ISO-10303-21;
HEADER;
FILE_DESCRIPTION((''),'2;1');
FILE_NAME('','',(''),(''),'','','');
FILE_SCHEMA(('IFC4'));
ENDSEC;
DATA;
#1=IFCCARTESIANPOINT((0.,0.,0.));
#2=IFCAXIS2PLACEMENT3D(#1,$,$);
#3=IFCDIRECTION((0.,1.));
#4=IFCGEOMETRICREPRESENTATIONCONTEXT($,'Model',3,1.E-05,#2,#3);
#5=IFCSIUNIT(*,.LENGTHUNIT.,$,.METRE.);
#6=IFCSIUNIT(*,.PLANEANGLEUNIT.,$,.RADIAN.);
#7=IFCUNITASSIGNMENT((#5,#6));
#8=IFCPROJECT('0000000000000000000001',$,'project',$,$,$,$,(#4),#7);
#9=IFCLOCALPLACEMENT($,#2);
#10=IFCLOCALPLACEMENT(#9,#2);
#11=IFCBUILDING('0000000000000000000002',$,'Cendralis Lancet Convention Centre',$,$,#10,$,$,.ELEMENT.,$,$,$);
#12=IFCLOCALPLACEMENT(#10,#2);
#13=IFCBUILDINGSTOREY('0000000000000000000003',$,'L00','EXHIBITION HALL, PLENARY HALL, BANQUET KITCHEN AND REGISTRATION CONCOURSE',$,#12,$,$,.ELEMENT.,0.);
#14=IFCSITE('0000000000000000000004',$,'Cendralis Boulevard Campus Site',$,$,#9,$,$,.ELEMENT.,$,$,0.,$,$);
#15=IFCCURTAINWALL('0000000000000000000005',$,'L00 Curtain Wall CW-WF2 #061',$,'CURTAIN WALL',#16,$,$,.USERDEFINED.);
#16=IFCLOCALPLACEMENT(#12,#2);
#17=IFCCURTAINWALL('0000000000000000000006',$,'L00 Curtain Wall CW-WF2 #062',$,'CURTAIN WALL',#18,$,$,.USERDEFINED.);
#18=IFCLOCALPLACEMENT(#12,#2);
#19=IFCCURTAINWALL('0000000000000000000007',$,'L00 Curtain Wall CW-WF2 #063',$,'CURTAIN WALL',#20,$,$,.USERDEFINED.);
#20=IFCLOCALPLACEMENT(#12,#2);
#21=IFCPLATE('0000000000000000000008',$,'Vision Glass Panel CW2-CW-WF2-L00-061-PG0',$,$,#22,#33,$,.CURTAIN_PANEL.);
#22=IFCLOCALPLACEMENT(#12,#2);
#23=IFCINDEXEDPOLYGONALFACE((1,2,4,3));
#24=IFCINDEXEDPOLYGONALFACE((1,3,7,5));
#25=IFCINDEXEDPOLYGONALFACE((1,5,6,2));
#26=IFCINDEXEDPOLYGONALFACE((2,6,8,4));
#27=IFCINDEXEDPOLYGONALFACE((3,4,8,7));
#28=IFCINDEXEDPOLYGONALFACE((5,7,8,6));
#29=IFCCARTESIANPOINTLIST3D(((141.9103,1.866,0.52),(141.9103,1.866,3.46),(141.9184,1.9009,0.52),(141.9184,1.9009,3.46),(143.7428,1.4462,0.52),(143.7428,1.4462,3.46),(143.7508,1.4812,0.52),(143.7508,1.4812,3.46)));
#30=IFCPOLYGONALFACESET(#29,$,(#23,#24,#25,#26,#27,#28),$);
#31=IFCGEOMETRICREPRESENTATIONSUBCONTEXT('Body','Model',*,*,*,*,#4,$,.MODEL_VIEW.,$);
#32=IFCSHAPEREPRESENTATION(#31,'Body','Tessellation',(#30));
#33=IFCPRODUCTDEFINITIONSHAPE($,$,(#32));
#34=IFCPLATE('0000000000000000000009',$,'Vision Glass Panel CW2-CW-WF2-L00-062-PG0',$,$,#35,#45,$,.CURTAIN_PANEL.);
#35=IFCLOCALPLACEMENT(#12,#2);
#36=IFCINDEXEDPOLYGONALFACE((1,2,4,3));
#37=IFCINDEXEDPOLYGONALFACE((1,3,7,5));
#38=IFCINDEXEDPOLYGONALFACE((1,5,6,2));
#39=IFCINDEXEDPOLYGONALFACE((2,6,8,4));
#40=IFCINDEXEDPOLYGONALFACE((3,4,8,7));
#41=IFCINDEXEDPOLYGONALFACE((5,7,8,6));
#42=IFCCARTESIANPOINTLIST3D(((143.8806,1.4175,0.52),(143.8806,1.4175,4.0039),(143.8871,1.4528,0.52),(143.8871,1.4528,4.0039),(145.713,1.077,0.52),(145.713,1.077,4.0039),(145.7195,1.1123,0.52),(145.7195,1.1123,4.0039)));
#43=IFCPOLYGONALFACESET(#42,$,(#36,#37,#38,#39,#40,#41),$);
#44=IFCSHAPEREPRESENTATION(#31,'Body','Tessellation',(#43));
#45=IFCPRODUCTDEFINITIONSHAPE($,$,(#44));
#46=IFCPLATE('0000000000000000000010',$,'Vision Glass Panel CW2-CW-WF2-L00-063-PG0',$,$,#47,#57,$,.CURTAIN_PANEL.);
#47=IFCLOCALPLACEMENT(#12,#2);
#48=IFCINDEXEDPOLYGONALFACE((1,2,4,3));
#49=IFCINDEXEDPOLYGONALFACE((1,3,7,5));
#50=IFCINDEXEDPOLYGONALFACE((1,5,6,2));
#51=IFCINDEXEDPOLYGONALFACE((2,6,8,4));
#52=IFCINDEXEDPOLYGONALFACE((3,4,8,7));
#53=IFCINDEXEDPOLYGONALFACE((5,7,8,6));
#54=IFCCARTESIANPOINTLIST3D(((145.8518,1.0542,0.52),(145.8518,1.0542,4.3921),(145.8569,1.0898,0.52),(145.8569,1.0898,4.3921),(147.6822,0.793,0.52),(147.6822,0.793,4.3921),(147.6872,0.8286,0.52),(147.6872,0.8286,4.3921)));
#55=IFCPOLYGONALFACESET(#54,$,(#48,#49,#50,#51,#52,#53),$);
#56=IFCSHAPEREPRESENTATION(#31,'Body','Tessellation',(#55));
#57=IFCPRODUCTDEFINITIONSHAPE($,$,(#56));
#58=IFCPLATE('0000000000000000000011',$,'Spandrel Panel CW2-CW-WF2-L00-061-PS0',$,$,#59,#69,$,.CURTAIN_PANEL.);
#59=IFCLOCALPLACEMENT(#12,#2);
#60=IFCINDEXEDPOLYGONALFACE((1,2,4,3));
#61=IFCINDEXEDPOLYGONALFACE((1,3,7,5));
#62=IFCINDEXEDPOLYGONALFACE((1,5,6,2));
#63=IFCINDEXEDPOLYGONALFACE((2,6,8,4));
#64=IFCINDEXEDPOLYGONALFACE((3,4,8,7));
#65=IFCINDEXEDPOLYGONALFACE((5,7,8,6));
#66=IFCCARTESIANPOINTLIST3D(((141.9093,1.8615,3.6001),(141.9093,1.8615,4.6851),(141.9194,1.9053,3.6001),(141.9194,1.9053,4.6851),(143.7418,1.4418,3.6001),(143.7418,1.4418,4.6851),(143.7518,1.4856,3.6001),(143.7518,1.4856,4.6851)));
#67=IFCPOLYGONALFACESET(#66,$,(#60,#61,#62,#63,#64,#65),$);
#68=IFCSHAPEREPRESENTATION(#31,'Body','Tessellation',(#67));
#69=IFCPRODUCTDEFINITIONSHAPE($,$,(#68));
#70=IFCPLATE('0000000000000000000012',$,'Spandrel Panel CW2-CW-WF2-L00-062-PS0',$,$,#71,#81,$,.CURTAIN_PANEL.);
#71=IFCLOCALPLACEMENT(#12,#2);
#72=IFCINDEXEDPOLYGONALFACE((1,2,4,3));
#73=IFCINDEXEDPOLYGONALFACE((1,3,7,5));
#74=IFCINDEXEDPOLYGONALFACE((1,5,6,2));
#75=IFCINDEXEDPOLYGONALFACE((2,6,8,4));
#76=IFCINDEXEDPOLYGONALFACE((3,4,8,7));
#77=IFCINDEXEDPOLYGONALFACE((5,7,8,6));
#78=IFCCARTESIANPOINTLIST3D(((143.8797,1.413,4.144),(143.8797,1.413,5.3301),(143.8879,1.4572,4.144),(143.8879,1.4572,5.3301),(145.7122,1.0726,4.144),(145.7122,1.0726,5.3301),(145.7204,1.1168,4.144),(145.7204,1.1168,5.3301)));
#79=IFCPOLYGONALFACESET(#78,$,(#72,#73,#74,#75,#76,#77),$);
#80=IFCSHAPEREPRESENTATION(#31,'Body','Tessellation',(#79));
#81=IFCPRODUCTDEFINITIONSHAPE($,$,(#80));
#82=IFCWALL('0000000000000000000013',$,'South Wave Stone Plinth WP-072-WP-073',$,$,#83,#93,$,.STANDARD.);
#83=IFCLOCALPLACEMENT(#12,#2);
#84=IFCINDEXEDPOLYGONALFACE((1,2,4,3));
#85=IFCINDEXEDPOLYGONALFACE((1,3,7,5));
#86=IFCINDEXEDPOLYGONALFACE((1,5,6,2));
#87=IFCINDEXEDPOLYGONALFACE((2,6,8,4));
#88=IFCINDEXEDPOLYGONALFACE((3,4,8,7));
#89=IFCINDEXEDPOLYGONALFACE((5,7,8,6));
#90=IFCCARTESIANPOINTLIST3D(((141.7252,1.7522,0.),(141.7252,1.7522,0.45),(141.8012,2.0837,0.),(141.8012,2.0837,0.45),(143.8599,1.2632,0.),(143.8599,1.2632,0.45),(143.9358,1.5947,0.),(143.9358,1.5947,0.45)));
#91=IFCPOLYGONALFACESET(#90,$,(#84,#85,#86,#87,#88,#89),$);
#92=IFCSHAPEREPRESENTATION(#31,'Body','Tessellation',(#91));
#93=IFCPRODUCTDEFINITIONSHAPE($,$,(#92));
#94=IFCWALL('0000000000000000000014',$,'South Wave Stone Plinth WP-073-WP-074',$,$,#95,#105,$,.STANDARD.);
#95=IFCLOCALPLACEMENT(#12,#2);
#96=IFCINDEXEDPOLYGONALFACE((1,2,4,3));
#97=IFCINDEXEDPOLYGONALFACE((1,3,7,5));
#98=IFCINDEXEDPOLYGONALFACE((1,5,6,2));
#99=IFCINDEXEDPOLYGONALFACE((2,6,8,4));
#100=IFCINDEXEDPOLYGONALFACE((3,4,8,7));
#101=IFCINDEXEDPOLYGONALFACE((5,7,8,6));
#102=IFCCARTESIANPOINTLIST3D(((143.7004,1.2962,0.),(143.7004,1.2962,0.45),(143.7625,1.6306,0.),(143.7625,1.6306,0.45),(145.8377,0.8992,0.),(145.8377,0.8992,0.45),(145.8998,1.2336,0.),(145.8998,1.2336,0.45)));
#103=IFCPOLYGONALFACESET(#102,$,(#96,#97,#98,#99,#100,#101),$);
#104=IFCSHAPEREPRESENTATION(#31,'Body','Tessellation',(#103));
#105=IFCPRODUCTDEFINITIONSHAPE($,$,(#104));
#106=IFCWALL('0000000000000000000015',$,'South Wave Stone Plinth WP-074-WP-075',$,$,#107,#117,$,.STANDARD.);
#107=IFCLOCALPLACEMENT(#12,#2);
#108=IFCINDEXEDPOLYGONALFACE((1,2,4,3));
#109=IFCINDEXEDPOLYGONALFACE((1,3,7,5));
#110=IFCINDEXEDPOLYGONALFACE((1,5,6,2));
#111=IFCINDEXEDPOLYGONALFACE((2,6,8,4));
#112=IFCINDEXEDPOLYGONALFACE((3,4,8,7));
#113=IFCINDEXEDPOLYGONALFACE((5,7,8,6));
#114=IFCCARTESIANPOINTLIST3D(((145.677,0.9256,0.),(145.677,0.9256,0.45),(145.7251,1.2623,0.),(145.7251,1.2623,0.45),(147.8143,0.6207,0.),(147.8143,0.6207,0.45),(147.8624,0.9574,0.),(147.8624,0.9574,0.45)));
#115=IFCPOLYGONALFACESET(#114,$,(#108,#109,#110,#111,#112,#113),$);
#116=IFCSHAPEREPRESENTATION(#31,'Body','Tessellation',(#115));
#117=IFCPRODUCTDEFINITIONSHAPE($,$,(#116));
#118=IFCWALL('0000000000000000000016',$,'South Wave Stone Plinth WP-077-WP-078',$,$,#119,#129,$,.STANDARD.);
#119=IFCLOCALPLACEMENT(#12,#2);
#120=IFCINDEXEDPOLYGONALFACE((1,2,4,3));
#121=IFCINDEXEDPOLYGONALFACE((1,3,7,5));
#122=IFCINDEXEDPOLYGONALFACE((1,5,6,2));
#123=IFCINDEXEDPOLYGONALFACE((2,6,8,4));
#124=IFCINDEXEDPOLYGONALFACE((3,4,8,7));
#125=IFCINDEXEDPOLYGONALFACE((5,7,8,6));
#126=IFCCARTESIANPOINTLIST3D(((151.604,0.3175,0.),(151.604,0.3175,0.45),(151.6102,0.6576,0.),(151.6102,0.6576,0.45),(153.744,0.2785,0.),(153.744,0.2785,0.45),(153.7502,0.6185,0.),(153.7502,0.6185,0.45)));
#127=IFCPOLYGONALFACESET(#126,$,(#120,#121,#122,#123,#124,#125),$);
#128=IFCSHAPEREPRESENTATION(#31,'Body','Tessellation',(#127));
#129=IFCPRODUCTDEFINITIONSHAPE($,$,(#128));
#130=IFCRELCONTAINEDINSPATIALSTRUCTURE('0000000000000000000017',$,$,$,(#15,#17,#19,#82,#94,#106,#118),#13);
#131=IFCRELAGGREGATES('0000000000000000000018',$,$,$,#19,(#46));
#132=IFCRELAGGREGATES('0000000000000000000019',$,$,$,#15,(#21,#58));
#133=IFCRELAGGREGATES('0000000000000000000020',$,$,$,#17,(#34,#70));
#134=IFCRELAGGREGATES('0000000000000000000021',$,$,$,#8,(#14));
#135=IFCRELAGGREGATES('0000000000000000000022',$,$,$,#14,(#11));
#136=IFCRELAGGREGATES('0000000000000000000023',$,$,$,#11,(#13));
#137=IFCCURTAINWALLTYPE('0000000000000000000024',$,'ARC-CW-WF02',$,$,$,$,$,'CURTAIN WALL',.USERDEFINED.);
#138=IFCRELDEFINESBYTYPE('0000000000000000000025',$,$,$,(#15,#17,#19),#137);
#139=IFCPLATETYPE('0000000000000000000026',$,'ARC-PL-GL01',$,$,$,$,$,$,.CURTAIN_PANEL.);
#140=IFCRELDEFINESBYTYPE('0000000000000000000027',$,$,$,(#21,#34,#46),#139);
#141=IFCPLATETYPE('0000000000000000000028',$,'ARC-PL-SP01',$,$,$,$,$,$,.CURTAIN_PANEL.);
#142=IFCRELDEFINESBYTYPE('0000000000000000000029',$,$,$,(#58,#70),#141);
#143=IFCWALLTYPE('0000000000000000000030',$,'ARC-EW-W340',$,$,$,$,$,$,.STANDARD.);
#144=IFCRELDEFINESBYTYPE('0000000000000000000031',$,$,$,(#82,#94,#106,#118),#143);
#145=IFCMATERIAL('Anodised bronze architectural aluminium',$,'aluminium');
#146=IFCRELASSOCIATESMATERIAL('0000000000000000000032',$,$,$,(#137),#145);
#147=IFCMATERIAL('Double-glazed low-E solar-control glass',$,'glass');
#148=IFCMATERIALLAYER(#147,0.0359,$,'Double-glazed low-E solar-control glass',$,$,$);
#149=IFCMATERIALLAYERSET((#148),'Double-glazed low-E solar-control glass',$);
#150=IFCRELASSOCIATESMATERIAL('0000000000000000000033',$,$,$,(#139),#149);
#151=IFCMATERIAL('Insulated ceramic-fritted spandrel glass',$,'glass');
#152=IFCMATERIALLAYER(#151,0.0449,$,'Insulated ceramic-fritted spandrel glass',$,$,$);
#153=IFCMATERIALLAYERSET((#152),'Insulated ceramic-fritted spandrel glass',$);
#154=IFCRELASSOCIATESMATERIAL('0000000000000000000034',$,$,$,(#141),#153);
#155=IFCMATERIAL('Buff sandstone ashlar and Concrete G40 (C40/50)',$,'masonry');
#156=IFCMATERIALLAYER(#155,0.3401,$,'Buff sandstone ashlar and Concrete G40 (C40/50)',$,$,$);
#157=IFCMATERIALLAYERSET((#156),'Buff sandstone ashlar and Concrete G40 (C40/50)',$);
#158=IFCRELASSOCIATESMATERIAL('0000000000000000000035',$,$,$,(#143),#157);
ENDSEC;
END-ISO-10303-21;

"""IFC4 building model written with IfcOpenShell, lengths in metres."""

from ifc_helpers import new_model, si_unit, direction, frame, frame_2d, origin, origin_2d, place, context, subcontext, project, spatial, rectangle, extrude, material, layer, layer_set, type_object, element, aggregate, save


model = new_model("IFC4")

# Units and contexts
model_context = context("Model", 3, precision=1e-05, world=origin(), true_north=direction((0.0, 1.0)))
body_context = subcontext(model_context, "Body", "Model", "MODEL_VIEW")
ifc_project = project(units=[si_unit("LENGTHUNIT", "METRE"), si_unit("PLANEANGLEUNIT", "RADIAN")], contexts=[model_context])

# Site, building, storey
site_placement = place(None, origin())
site = spatial("IfcSite", under=ifc_project, at=site_placement, Name="Cendralis Boulevard Campus Site", CompositionType="ELEMENT", RefElevation=0.0)
building_placement = place(site_placement, origin())
building = spatial("IfcBuilding", under=site, at=building_placement, Name="Cendralis Lancet Convention Centre", CompositionType="ELEMENT")
storey_placement = place(building_placement, origin())
storey = spatial("IfcBuildingStorey", under=building, at=storey_placement, Name="L00", Description="EXHIBITION HALL, PLENARY HALL, BANQUET KITCHEN AND REGISTRATION CONCOURSE", CompositionType="ELEMENT", Elevation=0.0)

# Shared definitions
ifc_material_1 = material(Name="Anodised bronze architectural aluminium", Category="aluminium")
curtain_wall_type = type_object("IfcCurtainWallType", Name="ARC-CW-WF02", ElementType="CURTAIN WALL", PredefinedType="USERDEFINED", material=ifc_material_1)

# Curtain walls
curtain_wall_1_placement = place(storey_placement, origin())
curtain_wall_1 = element("IfcCurtainWall", 1, at=curtain_wall_1_placement, inside=storey, type_object=curtain_wall_type, Name="L00 Curtain Wall CW-WF2 #061", ObjectType="CURTAIN WALL", PredefinedType="USERDEFINED")
curtain_wall_2_placement = place(storey_placement, origin())
curtain_wall_2 = element("IfcCurtainWall", 2, at=curtain_wall_2_placement, inside=storey, type_object=curtain_wall_type, Name="L00 Curtain Wall CW-WF2 #062", ObjectType="CURTAIN WALL", PredefinedType="USERDEFINED")
curtain_wall_3_placement = place(storey_placement, origin())
curtain_wall_3 = element("IfcCurtainWall", 3, at=curtain_wall_3_placement, inside=storey, type_object=curtain_wall_type, Name="L00 Curtain Wall CW-WF2 #063", ObjectType="CURTAIN WALL", PredefinedType="USERDEFINED")

# Plates
ifc_material_2 = material(Name="Double-glazed low-E solar-control glass", Category="glass")
ifc_layer_1 = layer(ifc_material_2, 0.0359, Name="Double-glazed low-E solar-control glass")
ifc_layer_set_1 = layer_set([ifc_layer_1], Name="Double-glazed low-E solar-control glass")
plate_type_1 = type_object("IfcPlateType", Name="ARC-PL-GL01", PredefinedType="CURTAIN_PANEL", material=ifc_layer_set_1)
plate_1_placement = place(storey_placement, frame((142.8306, 1.6736, 0.52), z_axis=(0.0, 0.0, 1.0), x_axis=(0.974757, -0.223268, 0.0)))
plate_1 = element("IfcPlate", 4, at=plate_1_placement, type_object=plate_type_1, Name="Vision Glass Panel CW2-CW-WF2-L00-061-PG0", PredefinedType="CURTAIN_PANEL", context=body_context, shape_type="SweptSolid", body=[
    extrude(rectangle(XDim=1.8799, YDim=0.0359, at=origin_2d()), origin(), (0.0, 0.0, 1.0), 2.9399),
])
plate_2_placement = place(storey_placement, frame((144.8, 1.2649, 0.52), z_axis=(0.0, 0.0, 1.0), x_axis=(0.983176, -0.182661, 0.0)))
plate_2 = element("IfcPlate", 5, at=plate_2_placement, type_object=plate_type_1, Name="Vision Glass Panel CW2-CW-WF2-L00-062-PG0", PredefinedType="CURTAIN_PANEL", context=body_context, shape_type="SweptSolid", body=[
    extrude(rectangle(XDim=1.8638, YDim=0.0359, at=origin_2d()), origin(), (0.0, 0.0, 1.0), 3.4839),
])
plate_3_placement = place(storey_placement, frame((146.7695, 0.9414, 0.52), z_axis=(0.0, 0.0, 1.0), x_axis=(0.98997, -0.141281, 0.0)))
plate_3 = element("IfcPlate", 6, at=plate_3_placement, type_object=plate_type_1, Name="Vision Glass Panel CW2-CW-WF2-L00-063-PG0", PredefinedType="CURTAIN_PANEL", context=body_context, shape_type="SweptSolid", body=[
    extrude(rectangle(XDim=1.8489, YDim=0.0359, at=origin_2d()), origin(), (0.0, 0.0, 1.0), 3.8721),
])
aggregate(curtain_wall_3, [plate_3])
ifc_material_3 = material(Name="Insulated ceramic-fritted spandrel glass", Category="glass")
ifc_layer_2 = layer(ifc_material_3, 0.0449, Name="Insulated ceramic-fritted spandrel glass")
ifc_layer_set_2 = layer_set([ifc_layer_2], Name="Insulated ceramic-fritted spandrel glass")
plate_type_2 = type_object("IfcPlateType", Name="ARC-PL-SP01", PredefinedType="CURTAIN_PANEL", material=ifc_layer_set_2)
plate_4_placement = place(storey_placement, frame((142.8306, 1.6736, 3.6001), z_axis=(0.0, 0.0, 1.0), x_axis=(0.974757, -0.223268, 0.0)))
plate_4 = element("IfcPlate", 7, at=plate_4_placement, type_object=plate_type_2, Name="Spandrel Panel CW2-CW-WF2-L00-061-PS0", PredefinedType="CURTAIN_PANEL", context=body_context, shape_type="SweptSolid", body=[
    extrude(rectangle(XDim=1.8799, YDim=0.0449, at=origin_2d()), origin(), (0.0, 0.0, 1.0), 1.085),
])
aggregate(curtain_wall_1, [plate_1, plate_4])
plate_5_placement = place(storey_placement, frame((144.8, 1.2649, 4.144), z_axis=(0.0, 0.0, 1.0), x_axis=(0.983176, -0.182661, 0.0)))
plate_5 = element("IfcPlate", 8, at=plate_5_placement, type_object=plate_type_2, Name="Spandrel Panel CW2-CW-WF2-L00-062-PS0", PredefinedType="CURTAIN_PANEL", context=body_context, shape_type="SweptSolid", body=[
    extrude(rectangle(XDim=1.8638, YDim=0.0449, at=origin_2d()), origin(), (0.0, 0.0, 1.0), 1.186),
])
aggregate(curtain_wall_2, [plate_2, plate_5])

# Walls
ifc_material_4 = material(Name="Buff sandstone ashlar and Concrete G40 (C40/50)", Category="masonry")
ifc_layer_3 = layer(ifc_material_4, 0.3401, Name="Buff sandstone ashlar and Concrete G40 (C40/50)")
ifc_layer_set_3 = layer_set([ifc_layer_3], Name="Buff sandstone ashlar and Concrete G40 (C40/50)")
wall_type = type_object("IfcWallType", Name="ARC-EW-W340", PredefinedType="STANDARD", material=ifc_layer_set_3)
wall_1_placement = place(storey_placement, frame((141.7632, 1.918, 0.0), z_axis=(0.0, 0.0, 1.0), x_axis=(0.974753, -0.223288, 0.0)))
element("IfcWall", 9, at=wall_1_placement, inside=storey, type_object=wall_type, Name="South Wave Stone Plinth WP-072-WP-073", PredefinedType="STANDARD", context=body_context, shape_type="SweptSolid", body=[
    extrude(rectangle(XDim=2.1899, YDim=0.3401, at=frame_2d((1.095, 0.0))), origin(), (0.0, 0.0, 1.0), 0.45),
])
wall_2_placement = place(storey_placement, frame((143.7314, 1.4634, 0.0), z_axis=(0.0, 0.0, 1.0), x_axis=(0.983184, -0.18262, 0.0)))
element("IfcWall", 10, at=wall_2_placement, inside=storey, type_object=wall_type, Name="South Wave Stone Plinth WP-073-WP-074", PredefinedType="STANDARD", context=body_context, shape_type="SweptSolid", body=[
    extrude(rectangle(XDim=2.1738, YDim=0.3401, at=frame_2d((1.0869, 0.0))), origin(), (0.0, 0.0, 1.0), 0.45),
])
wall_3_placement = place(storey_placement, frame((145.7009, 1.094, 0.0), z_axis=(0.0, 0.0, 1.0), x_axis=(0.989974, -0.141247, 0.0)))
element("IfcWall", 11, at=wall_3_placement, inside=storey, type_object=wall_type, Name="South Wave Stone Plinth WP-074-WP-075", PredefinedType="STANDARD", context=body_context, shape_type="SweptSolid", body=[
    extrude(rectangle(XDim=2.1589, YDim=0.3401, at=frame_2d((1.0796, 0.0))), origin(), (0.0, 0.0, 1.0), 0.45),
])

# Wall
wall_4_placement = place(storey_placement, frame((151.6069, 0.4875, 0.0), z_axis=(0.0, 0.0, 1.0), x_axis=(0.999833, -0.018249, 0.0)))
element("IfcWall", 12, at=wall_4_placement, inside=storey, type_object=wall_type, Name="South Wave Stone Plinth WP-077-WP-078", PredefinedType="STANDARD", context=body_context, shape_type="SweptSolid", body=[
    extrude(rectangle(XDim=2.1404, YDim=0.3401, at=frame_2d((1.0703, 0.0))), origin(), (0.0, 0.0, 1.0), 0.45),
])

save(model, "model.ifc")
